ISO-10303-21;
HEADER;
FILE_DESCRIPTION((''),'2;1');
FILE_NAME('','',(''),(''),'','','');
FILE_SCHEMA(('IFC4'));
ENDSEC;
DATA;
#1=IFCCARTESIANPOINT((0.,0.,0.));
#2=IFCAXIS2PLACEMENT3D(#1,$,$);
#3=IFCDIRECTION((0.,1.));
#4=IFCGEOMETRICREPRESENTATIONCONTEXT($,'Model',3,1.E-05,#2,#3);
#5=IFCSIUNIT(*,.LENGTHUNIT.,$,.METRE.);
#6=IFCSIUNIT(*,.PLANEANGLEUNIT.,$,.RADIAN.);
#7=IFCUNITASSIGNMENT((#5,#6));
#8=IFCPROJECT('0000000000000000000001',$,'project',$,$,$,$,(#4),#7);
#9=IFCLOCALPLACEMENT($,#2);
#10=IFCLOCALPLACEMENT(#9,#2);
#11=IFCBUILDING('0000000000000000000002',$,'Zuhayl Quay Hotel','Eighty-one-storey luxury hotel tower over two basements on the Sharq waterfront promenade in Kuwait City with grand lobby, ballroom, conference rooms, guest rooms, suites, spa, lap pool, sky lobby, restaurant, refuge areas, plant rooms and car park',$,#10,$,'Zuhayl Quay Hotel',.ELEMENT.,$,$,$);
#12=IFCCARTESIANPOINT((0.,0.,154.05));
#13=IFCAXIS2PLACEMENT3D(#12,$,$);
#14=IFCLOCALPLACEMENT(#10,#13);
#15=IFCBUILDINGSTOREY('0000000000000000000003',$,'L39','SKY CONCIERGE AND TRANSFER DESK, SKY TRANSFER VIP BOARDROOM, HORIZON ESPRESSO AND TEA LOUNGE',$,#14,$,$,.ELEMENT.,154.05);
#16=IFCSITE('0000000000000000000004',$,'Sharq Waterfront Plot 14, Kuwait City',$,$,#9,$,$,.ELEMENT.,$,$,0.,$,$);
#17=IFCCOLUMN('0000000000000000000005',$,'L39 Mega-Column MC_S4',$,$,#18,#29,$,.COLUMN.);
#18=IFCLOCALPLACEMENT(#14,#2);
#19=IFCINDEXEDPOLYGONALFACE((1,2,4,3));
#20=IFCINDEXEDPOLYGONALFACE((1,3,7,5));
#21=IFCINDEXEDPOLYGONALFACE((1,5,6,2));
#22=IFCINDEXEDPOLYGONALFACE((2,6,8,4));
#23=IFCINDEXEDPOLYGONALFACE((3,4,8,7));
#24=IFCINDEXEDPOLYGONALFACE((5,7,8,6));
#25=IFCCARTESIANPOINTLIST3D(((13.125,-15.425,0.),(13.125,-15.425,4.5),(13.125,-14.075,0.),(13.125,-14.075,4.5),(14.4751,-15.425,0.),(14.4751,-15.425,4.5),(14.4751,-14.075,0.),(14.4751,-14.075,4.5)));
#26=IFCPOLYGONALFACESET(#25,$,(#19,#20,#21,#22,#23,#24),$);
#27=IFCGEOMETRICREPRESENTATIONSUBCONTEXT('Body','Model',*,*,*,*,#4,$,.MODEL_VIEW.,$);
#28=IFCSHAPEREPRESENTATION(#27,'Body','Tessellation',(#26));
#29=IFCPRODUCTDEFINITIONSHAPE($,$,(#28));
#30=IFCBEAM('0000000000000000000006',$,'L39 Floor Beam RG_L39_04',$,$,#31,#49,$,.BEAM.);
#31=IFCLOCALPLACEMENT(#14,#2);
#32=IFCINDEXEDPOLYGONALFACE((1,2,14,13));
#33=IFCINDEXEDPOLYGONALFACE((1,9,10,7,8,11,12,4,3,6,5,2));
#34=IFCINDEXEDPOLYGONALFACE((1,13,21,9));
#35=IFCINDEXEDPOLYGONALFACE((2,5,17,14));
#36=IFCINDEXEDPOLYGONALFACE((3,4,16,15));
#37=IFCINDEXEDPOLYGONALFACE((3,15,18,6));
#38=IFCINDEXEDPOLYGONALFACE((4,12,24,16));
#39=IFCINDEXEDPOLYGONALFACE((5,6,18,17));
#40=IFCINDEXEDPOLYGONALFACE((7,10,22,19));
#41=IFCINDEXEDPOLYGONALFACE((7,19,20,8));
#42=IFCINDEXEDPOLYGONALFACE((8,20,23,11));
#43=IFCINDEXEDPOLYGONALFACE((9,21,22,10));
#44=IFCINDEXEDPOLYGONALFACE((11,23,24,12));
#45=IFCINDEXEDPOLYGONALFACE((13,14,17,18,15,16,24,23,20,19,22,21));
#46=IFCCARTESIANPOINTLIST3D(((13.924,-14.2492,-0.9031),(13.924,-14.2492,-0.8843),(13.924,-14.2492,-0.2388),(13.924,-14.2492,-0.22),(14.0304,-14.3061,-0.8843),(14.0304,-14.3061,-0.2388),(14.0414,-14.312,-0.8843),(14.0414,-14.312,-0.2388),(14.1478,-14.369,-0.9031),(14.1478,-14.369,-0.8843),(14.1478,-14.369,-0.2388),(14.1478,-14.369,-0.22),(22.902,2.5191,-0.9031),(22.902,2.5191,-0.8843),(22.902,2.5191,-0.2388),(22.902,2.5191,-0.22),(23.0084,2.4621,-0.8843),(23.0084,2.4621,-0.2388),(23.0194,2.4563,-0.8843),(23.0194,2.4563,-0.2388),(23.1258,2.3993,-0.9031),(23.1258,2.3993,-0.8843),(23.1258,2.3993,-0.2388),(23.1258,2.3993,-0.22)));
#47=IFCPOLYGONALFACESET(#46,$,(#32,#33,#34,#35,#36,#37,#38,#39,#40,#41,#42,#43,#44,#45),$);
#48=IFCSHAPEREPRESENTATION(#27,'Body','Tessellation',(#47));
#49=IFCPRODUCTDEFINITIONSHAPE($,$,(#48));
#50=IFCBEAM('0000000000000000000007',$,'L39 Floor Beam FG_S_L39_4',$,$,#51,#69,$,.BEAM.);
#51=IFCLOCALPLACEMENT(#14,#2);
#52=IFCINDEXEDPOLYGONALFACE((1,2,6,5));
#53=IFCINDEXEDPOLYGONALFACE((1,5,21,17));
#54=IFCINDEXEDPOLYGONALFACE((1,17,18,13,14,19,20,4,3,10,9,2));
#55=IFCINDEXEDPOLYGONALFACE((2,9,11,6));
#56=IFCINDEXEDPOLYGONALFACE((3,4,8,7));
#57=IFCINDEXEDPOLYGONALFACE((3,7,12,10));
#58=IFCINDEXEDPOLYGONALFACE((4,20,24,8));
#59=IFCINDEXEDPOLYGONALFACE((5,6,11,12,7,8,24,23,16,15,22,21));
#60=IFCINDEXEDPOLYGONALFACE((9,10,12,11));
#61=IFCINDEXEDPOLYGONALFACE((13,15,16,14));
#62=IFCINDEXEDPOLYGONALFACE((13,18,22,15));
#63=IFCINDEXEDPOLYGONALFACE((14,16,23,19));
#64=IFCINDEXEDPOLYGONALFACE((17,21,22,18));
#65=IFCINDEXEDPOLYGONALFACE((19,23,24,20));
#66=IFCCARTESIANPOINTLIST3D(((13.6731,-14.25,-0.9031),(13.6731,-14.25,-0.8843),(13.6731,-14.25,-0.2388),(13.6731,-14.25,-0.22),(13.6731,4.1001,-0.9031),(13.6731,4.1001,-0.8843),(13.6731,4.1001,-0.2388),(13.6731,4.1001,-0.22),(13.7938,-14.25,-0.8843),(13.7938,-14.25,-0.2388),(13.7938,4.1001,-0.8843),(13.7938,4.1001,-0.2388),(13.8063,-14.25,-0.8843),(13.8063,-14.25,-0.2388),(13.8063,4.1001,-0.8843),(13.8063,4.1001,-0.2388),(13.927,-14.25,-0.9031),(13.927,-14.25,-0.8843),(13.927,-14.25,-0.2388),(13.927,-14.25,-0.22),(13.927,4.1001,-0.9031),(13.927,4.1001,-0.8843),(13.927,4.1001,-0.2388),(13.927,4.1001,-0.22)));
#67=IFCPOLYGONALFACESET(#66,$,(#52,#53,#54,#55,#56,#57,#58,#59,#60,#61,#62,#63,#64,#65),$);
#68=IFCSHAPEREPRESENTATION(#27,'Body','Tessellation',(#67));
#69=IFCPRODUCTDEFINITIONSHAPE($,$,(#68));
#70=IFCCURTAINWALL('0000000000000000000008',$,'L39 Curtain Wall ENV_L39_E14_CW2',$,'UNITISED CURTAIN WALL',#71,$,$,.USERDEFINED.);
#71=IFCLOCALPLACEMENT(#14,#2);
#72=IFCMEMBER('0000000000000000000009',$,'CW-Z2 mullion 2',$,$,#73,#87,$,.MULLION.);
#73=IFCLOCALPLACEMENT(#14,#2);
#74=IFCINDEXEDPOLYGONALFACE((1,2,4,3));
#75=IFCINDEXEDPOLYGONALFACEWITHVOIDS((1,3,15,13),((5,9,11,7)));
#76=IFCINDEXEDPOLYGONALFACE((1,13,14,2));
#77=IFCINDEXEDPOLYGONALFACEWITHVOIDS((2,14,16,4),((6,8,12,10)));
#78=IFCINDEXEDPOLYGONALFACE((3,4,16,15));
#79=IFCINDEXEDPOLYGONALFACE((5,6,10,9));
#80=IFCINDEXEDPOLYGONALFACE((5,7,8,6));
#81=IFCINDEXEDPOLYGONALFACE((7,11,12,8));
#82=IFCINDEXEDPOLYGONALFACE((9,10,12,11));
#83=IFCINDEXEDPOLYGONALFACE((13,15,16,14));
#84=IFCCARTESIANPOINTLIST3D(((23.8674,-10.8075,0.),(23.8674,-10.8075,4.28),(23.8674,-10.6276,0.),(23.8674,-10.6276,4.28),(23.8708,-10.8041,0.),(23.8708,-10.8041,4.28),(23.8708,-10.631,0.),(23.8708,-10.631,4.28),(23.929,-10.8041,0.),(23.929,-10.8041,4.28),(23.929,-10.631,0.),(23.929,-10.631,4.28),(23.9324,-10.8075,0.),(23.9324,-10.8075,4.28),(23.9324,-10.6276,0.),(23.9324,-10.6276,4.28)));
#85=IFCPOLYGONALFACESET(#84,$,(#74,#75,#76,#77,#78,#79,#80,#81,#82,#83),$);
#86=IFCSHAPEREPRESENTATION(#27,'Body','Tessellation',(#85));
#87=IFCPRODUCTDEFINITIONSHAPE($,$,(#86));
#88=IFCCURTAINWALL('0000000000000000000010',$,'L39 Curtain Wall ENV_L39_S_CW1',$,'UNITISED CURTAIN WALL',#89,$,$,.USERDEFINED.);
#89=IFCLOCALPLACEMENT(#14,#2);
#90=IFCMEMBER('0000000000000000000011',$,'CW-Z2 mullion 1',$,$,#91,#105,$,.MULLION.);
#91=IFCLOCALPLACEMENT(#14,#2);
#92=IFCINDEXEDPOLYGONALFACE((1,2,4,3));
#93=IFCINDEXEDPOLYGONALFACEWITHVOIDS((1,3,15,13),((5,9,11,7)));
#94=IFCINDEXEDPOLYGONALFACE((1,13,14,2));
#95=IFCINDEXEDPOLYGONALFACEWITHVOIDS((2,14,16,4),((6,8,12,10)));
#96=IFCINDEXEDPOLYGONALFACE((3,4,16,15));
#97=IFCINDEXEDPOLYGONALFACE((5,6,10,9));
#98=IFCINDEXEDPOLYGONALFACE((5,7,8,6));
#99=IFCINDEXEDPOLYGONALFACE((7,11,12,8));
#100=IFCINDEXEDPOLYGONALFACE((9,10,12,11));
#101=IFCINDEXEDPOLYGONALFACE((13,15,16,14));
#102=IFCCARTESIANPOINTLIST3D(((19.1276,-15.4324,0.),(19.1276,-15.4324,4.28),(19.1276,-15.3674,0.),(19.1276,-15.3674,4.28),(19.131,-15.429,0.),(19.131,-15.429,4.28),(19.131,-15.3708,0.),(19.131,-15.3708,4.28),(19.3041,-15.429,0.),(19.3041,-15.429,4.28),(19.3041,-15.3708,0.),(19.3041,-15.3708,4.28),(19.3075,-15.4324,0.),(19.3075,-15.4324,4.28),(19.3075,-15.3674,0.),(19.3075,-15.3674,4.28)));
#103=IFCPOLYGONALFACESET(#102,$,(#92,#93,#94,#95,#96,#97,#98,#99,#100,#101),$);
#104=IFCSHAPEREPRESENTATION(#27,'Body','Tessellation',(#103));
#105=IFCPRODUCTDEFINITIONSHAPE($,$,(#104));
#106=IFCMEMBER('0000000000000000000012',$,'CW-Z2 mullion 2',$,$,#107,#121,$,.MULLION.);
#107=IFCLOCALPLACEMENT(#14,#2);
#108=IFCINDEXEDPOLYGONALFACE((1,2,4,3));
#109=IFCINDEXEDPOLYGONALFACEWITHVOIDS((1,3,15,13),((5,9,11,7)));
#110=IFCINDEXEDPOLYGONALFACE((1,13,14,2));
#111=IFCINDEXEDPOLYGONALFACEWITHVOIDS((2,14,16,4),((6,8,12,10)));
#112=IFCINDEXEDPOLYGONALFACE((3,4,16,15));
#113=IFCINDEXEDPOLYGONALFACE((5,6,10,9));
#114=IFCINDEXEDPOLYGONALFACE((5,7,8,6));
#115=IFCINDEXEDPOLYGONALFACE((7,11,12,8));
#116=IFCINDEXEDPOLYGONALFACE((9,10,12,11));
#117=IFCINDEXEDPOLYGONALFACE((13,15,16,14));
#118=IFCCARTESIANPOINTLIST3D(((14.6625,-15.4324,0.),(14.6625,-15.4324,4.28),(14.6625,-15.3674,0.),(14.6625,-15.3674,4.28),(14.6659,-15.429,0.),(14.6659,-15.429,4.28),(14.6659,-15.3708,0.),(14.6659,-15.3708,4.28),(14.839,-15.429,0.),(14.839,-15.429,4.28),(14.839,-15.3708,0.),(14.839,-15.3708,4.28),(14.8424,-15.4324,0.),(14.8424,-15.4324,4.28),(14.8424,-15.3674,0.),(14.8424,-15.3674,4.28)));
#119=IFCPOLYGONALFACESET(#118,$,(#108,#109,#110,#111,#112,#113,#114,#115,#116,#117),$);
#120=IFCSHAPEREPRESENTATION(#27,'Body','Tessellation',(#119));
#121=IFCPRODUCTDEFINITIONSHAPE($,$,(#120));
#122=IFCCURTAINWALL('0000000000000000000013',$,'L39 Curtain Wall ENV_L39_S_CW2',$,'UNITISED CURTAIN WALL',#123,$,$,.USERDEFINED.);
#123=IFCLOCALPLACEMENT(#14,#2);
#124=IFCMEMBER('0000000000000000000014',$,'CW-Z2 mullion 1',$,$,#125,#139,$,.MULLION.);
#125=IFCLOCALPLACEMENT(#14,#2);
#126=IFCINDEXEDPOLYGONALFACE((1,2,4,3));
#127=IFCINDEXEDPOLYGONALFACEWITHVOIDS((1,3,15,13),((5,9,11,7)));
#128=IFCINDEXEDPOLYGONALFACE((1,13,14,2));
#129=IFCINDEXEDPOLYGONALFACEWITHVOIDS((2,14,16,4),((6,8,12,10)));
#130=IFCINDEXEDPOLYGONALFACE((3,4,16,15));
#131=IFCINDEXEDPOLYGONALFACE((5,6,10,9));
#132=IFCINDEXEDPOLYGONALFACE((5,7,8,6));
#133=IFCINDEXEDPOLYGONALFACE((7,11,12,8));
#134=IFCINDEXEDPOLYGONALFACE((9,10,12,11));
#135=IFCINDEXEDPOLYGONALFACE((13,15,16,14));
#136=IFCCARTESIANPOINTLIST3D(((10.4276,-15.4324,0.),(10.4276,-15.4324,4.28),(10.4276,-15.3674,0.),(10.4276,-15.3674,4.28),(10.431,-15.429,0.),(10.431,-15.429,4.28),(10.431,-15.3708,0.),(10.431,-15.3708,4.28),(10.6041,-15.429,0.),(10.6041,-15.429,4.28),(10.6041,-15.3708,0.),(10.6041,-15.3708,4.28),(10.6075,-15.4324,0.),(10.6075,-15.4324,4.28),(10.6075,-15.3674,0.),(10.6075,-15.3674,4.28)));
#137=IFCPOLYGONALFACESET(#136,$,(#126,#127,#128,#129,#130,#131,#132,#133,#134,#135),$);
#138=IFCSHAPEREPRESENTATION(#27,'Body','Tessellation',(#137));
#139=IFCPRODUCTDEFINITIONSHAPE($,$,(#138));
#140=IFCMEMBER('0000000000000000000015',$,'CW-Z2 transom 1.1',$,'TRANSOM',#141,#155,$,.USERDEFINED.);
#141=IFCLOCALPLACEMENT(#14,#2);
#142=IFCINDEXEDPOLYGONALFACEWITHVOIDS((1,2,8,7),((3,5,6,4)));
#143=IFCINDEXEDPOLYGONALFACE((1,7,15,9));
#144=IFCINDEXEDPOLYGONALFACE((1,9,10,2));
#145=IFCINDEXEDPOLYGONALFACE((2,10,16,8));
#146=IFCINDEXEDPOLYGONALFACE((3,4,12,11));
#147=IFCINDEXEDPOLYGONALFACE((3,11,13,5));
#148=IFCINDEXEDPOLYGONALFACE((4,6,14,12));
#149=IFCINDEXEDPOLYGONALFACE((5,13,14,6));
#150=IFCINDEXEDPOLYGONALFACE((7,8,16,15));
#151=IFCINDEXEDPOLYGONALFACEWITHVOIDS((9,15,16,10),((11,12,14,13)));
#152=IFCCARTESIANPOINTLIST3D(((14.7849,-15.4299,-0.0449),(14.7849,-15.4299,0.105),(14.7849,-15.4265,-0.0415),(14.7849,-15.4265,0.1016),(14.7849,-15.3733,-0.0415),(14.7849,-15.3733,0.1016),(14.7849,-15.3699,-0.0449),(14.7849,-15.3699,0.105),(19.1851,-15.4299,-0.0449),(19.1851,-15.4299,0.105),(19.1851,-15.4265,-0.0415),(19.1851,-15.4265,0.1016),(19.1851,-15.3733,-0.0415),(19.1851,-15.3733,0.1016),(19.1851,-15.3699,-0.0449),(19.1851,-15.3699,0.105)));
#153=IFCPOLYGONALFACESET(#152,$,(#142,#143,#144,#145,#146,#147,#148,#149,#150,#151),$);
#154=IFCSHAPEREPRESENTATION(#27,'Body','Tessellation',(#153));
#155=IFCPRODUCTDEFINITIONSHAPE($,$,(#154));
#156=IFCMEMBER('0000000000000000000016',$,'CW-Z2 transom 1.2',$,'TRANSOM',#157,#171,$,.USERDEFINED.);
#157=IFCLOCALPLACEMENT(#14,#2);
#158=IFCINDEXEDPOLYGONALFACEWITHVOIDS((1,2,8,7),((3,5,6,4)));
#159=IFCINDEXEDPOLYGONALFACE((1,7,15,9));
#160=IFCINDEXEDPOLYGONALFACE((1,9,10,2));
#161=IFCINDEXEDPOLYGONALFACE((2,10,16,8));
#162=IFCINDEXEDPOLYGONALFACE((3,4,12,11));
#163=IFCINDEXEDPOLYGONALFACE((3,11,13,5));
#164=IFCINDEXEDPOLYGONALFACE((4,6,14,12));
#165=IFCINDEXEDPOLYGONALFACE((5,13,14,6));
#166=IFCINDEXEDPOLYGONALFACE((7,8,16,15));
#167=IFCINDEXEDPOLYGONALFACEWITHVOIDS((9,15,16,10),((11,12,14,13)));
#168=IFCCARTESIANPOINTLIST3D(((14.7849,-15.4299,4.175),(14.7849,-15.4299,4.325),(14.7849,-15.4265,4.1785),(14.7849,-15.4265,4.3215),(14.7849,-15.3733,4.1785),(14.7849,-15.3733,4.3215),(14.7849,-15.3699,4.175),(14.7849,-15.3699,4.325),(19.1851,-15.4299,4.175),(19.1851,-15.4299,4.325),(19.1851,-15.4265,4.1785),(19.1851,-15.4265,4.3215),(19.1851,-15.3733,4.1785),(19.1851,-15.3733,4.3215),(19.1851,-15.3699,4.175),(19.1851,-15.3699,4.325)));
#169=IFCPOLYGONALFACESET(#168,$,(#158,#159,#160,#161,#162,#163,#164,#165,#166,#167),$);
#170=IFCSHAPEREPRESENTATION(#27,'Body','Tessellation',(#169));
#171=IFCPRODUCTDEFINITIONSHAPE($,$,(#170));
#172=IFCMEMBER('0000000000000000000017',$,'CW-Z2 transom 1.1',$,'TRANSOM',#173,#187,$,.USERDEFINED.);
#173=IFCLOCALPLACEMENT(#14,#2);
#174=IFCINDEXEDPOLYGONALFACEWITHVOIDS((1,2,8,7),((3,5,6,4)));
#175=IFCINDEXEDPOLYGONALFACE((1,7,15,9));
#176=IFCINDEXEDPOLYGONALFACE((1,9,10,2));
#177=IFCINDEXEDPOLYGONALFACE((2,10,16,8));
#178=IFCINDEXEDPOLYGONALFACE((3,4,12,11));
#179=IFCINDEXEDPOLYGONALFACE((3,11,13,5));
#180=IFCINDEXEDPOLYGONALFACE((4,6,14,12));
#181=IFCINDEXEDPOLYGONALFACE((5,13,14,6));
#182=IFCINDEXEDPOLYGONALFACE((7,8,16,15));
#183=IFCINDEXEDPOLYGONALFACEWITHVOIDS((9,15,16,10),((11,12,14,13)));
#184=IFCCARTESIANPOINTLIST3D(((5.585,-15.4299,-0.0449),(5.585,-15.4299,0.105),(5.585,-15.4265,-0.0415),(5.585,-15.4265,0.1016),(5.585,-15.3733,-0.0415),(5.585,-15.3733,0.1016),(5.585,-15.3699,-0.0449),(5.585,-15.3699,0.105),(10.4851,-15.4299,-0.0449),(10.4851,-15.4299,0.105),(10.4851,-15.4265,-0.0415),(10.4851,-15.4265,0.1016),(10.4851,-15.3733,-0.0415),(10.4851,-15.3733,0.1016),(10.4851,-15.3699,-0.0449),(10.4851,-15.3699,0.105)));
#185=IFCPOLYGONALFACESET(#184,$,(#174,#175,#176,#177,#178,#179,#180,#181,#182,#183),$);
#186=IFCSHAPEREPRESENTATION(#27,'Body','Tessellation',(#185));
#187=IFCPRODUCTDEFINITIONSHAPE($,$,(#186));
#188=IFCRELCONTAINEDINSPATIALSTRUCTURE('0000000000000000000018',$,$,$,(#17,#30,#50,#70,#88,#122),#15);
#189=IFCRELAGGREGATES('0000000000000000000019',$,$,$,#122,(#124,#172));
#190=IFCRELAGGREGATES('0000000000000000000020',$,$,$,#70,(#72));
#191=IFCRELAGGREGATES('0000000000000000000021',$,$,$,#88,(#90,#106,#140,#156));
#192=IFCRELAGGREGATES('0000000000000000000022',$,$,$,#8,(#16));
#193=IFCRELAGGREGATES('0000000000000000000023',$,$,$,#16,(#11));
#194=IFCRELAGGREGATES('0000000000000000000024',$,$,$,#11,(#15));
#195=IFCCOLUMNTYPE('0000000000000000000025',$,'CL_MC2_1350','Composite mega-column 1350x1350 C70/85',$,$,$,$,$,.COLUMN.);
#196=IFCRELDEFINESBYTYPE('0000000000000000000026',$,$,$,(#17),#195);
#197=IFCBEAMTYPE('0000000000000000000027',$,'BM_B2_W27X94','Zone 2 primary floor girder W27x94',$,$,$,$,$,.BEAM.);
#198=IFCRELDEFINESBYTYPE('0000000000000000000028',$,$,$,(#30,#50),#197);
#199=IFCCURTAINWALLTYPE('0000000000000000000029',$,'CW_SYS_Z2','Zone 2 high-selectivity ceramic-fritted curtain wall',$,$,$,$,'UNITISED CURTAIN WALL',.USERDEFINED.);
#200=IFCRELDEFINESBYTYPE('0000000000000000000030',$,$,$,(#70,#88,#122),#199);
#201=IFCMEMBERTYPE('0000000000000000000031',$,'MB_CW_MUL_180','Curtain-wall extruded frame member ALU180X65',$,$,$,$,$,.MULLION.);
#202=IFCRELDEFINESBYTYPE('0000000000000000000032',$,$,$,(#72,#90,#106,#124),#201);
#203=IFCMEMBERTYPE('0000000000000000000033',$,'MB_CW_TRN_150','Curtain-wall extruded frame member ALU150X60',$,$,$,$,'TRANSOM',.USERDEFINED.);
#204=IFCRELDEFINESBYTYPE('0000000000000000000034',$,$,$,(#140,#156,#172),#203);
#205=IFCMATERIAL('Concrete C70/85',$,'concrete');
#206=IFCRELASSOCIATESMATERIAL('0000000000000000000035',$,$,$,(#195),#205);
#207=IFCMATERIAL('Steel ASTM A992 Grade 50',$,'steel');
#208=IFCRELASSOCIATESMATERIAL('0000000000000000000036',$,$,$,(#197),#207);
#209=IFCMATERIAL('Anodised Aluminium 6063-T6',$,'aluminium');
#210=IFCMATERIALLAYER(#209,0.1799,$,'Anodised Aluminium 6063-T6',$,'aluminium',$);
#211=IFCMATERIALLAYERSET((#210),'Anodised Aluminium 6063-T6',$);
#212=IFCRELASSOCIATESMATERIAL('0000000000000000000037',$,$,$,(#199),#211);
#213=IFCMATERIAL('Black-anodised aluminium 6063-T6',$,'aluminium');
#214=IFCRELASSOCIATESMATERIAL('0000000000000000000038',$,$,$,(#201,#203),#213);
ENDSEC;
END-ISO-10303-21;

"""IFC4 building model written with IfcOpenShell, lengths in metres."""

from ifc_helpers import new_model, si_unit, direction, frame, origin, origin_2d, place, context, subcontext, project, spatial, rectangle, hollow_rectangle, i_section, extrude, material, layer, layer_set, material_profile, profile_set, type_object, element, aggregate, save


model = new_model("IFC4")

# Units and contexts
model_context = context("Model", 3, precision=1e-05, world=origin(), true_north=direction((0.0, 1.0)))
body_context = subcontext(model_context, "Body", "Model", "MODEL_VIEW")
ifc_project = project(units=[si_unit("LENGTHUNIT", "METRE"), si_unit("PLANEANGLEUNIT", "RADIAN")], contexts=[model_context])

# Site, building, storey
site_placement = place(None, origin())
site = spatial("IfcSite", under=ifc_project, at=site_placement, Name="Sharq Waterfront Plot 14, Kuwait City", CompositionType="ELEMENT", RefElevation=0.0)
building_placement = place(site_placement, origin())
building = spatial("IfcBuilding", under=site, at=building_placement, Name="Zuhayl Quay Hotel", Description="Eighty-one-storey luxury hotel tower over two basements on the Sharq waterfront promenade in Kuwait City with grand lobby, ballroom, conference rooms, guest rooms, suites, spa, lap pool, sky lobby, restaurant, refuge areas, plant rooms and car park", LongName="Zuhayl Quay Hotel", CompositionType="ELEMENT")
storey_placement = place(building_placement, frame((0.0, 0.0, 154.05)))
storey = spatial("IfcBuildingStorey", under=building, at=storey_placement, Name="L39", Description="SKY CONCIERGE AND TRANSFER DESK, SKY TRANSFER VIP BOARDROOM, HORIZON ESPRESSO AND TEA LOUNGE", CompositionType="ELEMENT", Elevation=154.05)

# Column
ifc_material_1 = material(Name="Concrete C70/85", Category="concrete")
ifc_material_profile_1 = material_profile(ifc_material_1, rectangle(XDim=1.3501, YDim=1.3501, at=origin_2d()), Name="RC1350X1350")
ifc_profile_set_1 = profile_set([ifc_material_profile_1], Name="Concrete C70/85")
column_type = type_object("IfcColumnType", Name="CL_MC2_1350", Description="Composite mega-column 1350x1350 C70/85", PredefinedType="COLUMN", material=ifc_profile_set_1)
column_placement = place(storey_placement, frame((13.8, -14.75, 0.0), z_axis=(0.0, 0.0, 1.0), x_axis=(1.0, 0.0, 0.0)))
element("IfcColumn", 1, at=column_placement, inside=storey, type_object=column_type, Name="L39 Mega-Column MC_S4", PredefinedType="COLUMN", context=body_context, shape_type="SweptSolid", body=[
    extrude(rectangle(XDim=1.3501, YDim=1.3501, at=origin_2d()), origin(), (0.0, 0.0, 1.0), 4.5),
])

# Beams
ifc_material_2 = material(Name="Steel ASTM A992 Grade 50", Category="steel")
ifc_material_profile_2 = material_profile(ifc_material_2, i_section(OverallWidth=0.2539, OverallDepth=0.6831, WebThickness=0.0125, FlangeThickness=0.0188, at=origin_2d()), Name="W27X94")
ifc_profile_set_2 = profile_set([ifc_material_profile_2], Name="Steel ASTM A992 Grade 50")
beam_type = type_object("IfcBeamType", Name="BM_B2_W27X94", Description="Zone 2 primary floor girder W27x94", PredefinedType="BEAM", material=ifc_profile_set_2)
beam_1_placement = place(storey_placement, frame((14.0359, -14.3091, -0.5615), z_axis=(0.472017, 0.881589, 0.0), x_axis=(-0.881589, 0.472017, 0.0)))
element("IfcBeam", 2, at=beam_1_placement, inside=storey, type_object=beam_type, Name="L39 Floor Beam RG_L39_04", PredefinedType="BEAM", context=body_context, shape_type="SweptSolid", body=[
    extrude(i_section(OverallWidth=0.2539, OverallDepth=0.6831, WebThickness=0.0125, FlangeThickness=0.0188, at=origin_2d()), origin(), (0.0, 0.0, 1.0), 19.0205),
])
beam_2_placement = place(storey_placement, frame((13.8, -14.25, -0.5615), z_axis=(0.0, 1.0, 0.0), x_axis=(-1.0, 0.0, 0.0)))
element("IfcBeam", 3, at=beam_2_placement, inside=storey, type_object=beam_type, Name="L39 Floor Beam FG_S_L39_4", PredefinedType="BEAM", context=body_context, shape_type="SweptSolid", body=[
    extrude(i_section(OverallWidth=0.2539, OverallDepth=0.6831, WebThickness=0.0125, FlangeThickness=0.0188, at=origin_2d()), origin(), (0.0, 0.0, 1.0), 18.3501),
])

# Curtain wall, member
ifc_material_3 = material(Name="Anodised Aluminium 6063-T6", Category="aluminium")
ifc_layer_1 = layer(ifc_material_3, 0.1799, Name="Anodised Aluminium 6063-T6", Category="aluminium")
ifc_layer_set_1 = layer_set([ifc_layer_1], Name="Anodised Aluminium 6063-T6")
curtain_wall_type = type_object("IfcCurtainWallType", Name="CW_SYS_Z2", Description="Zone 2 high-selectivity ceramic-fritted curtain wall", ElementType="UNITISED CURTAIN WALL", PredefinedType="USERDEFINED", material=ifc_layer_set_1)
curtain_wall_1_placement = place(storey_placement, origin())
curtain_wall_1 = element("IfcCurtainWall", 4, at=curtain_wall_1_placement, inside=storey, type_object=curtain_wall_type, Name="L39 Curtain Wall ENV_L39_E14_CW2", ObjectType="UNITISED CURTAIN WALL", PredefinedType="USERDEFINED")
ifc_material_4 = material(Name="Black-anodised aluminium 6063-T6", Category="aluminium")
ifc_material_profile_3 = material_profile(ifc_material_4, hollow_rectangle(XDim=0.0649, YDim=0.1799, WallThickness=0.0034, at=origin_2d()), Name="ALU180X65")
ifc_profile_set_3 = profile_set([ifc_material_profile_3], Name="Black-anodised aluminium 6063-T6")
member_type_1 = type_object("IfcMemberType", Name="MB_CW_MUL_180", Description="Curtain-wall extruded frame member ALU180X65", PredefinedType="MULLION", material=ifc_profile_set_3)
member_1_placement = place(storey_placement, frame((23.8999, -10.7175, 0.0), z_axis=(0.0, 0.0, 1.0), x_axis=(1.0, 0.0, 0.0)))
member_1 = element("IfcMember", 5, at=member_1_placement, type_object=member_type_1, Name="CW-Z2 mullion 2", PredefinedType="MULLION", context=body_context, shape_type="SweptSolid", body=[
    extrude(hollow_rectangle(XDim=0.0649, YDim=0.1799, WallThickness=0.0034, at=origin_2d()), origin(), (0.0, 0.0, 1.0), 4.28),
])

# Curtain wall, members
curtain_wall_2_placement = place(storey_placement, origin())
curtain_wall_2 = element("IfcCurtainWall", 6, at=curtain_wall_2_placement, inside=storey, type_object=curtain_wall_type, Name="L39 Curtain Wall ENV_L39_S_CW1", ObjectType="UNITISED CURTAIN WALL", PredefinedType="USERDEFINED")
member_2_placement = place(storey_placement, frame((19.2175, -15.3999, 0.0), z_axis=(0.0, 0.0, 1.0), x_axis=(0.0, -1.0, 0.0)))
member_2 = element("IfcMember", 7, at=member_2_placement, type_object=member_type_1, Name="CW-Z2 mullion 1", PredefinedType="MULLION", context=body_context, shape_type="SweptSolid", body=[
    extrude(hollow_rectangle(XDim=0.0649, YDim=0.1799, WallThickness=0.0034, at=origin_2d()), origin(), (0.0, 0.0, 1.0), 4.28),
])
member_3_placement = place(storey_placement, frame((14.7524, -15.3999, 0.0), z_axis=(0.0, 0.0, 1.0), x_axis=(0.0, -1.0, 0.0)))
member_3 = element("IfcMember", 8, at=member_3_placement, type_object=member_type_1, Name="CW-Z2 mullion 2", PredefinedType="MULLION", context=body_context, shape_type="SweptSolid", body=[
    extrude(hollow_rectangle(XDim=0.0649, YDim=0.1799, WallThickness=0.0034, at=origin_2d()), origin(), (0.0, 0.0, 1.0), 4.28),
])

# Curtain wall, member
curtain_wall_3_placement = place(storey_placement, origin())
curtain_wall_3 = element("IfcCurtainWall", 9, at=curtain_wall_3_placement, inside=storey, type_object=curtain_wall_type, Name="L39 Curtain Wall ENV_L39_S_CW2", ObjectType="UNITISED CURTAIN WALL", PredefinedType="USERDEFINED")
member_4_placement = place(storey_placement, frame((10.5176, -15.3999, 0.0), z_axis=(0.0, 0.0, 1.0), x_axis=(0.0, -1.0, 0.0)))
member_4 = element("IfcMember", 10, at=member_4_placement, type_object=member_type_1, Name="CW-Z2 mullion 1", PredefinedType="MULLION", context=body_context, shape_type="SweptSolid", body=[
    extrude(hollow_rectangle(XDim=0.0649, YDim=0.1799, WallThickness=0.0034, at=origin_2d()), origin(), (0.0, 0.0, 1.0), 4.28),
])

# Members
ifc_material_profile_4 = material_profile(ifc_material_4, hollow_rectangle(XDim=0.0601, YDim=0.1499, WallThickness=0.0034, at=origin_2d()), Name="ALU150X60")
ifc_profile_set_4 = profile_set([ifc_material_profile_4], Name="Black-anodised aluminium 6063-T6")
member_type_2 = type_object("IfcMemberType", Name="MB_CW_TRN_150", Description="Curtain-wall extruded frame member ALU150X60", ElementType="TRANSOM", PredefinedType="USERDEFINED", material=ifc_profile_set_4)
member_5_placement = place(storey_placement, frame((19.1851, -15.3999, 0.03), z_axis=(-1.0, 0.0, 0.0), x_axis=(0.0, -1.0, 0.0)))
member_5 = element("IfcMember", 11, at=member_5_placement, type_object=member_type_2, Name="CW-Z2 transom 1.1", ObjectType="TRANSOM", PredefinedType="USERDEFINED", context=body_context, shape_type="SweptSolid", body=[
    extrude(hollow_rectangle(XDim=0.0601, YDim=0.1499, WallThickness=0.0034, at=origin_2d()), origin(), (0.0, 0.0, 1.0), 4.4001),
])
member_6_placement = place(storey_placement, frame((19.1851, -15.3999, 4.25), z_axis=(-1.0, 0.0, 0.0), x_axis=(0.0, -1.0, 0.0)))
member_6 = element("IfcMember", 12, at=member_6_placement, type_object=member_type_2, Name="CW-Z2 transom 1.2", ObjectType="TRANSOM", PredefinedType="USERDEFINED", context=body_context, shape_type="SweptSolid", body=[
    extrude(hollow_rectangle(XDim=0.0601, YDim=0.1499, WallThickness=0.0034, at=origin_2d()), origin(), (0.0, 0.0, 1.0), 4.4001),
])
member_7_placement = place(storey_placement, frame((10.4851, -15.3999, 0.03), z_axis=(-1.0, 0.0, 0.0), x_axis=(0.0, -1.0, 0.0)))
member_7 = element("IfcMember", 13, at=member_7_placement, type_object=member_type_2, Name="CW-Z2 transom 1.1", ObjectType="TRANSOM", PredefinedType="USERDEFINED", context=body_context, shape_type="SweptSolid", body=[
    extrude(hollow_rectangle(XDim=0.0601, YDim=0.1499, WallThickness=0.0034, at=origin_2d()), origin(), (0.0, 0.0, 1.0), 4.9001),
])
aggregate(curtain_wall_3, [member_4, member_7])

aggregate(curtain_wall_1, [member_1])
aggregate(curtain_wall_2, [member_2, member_3, member_5, member_6])

save(model, "model.ifc")
